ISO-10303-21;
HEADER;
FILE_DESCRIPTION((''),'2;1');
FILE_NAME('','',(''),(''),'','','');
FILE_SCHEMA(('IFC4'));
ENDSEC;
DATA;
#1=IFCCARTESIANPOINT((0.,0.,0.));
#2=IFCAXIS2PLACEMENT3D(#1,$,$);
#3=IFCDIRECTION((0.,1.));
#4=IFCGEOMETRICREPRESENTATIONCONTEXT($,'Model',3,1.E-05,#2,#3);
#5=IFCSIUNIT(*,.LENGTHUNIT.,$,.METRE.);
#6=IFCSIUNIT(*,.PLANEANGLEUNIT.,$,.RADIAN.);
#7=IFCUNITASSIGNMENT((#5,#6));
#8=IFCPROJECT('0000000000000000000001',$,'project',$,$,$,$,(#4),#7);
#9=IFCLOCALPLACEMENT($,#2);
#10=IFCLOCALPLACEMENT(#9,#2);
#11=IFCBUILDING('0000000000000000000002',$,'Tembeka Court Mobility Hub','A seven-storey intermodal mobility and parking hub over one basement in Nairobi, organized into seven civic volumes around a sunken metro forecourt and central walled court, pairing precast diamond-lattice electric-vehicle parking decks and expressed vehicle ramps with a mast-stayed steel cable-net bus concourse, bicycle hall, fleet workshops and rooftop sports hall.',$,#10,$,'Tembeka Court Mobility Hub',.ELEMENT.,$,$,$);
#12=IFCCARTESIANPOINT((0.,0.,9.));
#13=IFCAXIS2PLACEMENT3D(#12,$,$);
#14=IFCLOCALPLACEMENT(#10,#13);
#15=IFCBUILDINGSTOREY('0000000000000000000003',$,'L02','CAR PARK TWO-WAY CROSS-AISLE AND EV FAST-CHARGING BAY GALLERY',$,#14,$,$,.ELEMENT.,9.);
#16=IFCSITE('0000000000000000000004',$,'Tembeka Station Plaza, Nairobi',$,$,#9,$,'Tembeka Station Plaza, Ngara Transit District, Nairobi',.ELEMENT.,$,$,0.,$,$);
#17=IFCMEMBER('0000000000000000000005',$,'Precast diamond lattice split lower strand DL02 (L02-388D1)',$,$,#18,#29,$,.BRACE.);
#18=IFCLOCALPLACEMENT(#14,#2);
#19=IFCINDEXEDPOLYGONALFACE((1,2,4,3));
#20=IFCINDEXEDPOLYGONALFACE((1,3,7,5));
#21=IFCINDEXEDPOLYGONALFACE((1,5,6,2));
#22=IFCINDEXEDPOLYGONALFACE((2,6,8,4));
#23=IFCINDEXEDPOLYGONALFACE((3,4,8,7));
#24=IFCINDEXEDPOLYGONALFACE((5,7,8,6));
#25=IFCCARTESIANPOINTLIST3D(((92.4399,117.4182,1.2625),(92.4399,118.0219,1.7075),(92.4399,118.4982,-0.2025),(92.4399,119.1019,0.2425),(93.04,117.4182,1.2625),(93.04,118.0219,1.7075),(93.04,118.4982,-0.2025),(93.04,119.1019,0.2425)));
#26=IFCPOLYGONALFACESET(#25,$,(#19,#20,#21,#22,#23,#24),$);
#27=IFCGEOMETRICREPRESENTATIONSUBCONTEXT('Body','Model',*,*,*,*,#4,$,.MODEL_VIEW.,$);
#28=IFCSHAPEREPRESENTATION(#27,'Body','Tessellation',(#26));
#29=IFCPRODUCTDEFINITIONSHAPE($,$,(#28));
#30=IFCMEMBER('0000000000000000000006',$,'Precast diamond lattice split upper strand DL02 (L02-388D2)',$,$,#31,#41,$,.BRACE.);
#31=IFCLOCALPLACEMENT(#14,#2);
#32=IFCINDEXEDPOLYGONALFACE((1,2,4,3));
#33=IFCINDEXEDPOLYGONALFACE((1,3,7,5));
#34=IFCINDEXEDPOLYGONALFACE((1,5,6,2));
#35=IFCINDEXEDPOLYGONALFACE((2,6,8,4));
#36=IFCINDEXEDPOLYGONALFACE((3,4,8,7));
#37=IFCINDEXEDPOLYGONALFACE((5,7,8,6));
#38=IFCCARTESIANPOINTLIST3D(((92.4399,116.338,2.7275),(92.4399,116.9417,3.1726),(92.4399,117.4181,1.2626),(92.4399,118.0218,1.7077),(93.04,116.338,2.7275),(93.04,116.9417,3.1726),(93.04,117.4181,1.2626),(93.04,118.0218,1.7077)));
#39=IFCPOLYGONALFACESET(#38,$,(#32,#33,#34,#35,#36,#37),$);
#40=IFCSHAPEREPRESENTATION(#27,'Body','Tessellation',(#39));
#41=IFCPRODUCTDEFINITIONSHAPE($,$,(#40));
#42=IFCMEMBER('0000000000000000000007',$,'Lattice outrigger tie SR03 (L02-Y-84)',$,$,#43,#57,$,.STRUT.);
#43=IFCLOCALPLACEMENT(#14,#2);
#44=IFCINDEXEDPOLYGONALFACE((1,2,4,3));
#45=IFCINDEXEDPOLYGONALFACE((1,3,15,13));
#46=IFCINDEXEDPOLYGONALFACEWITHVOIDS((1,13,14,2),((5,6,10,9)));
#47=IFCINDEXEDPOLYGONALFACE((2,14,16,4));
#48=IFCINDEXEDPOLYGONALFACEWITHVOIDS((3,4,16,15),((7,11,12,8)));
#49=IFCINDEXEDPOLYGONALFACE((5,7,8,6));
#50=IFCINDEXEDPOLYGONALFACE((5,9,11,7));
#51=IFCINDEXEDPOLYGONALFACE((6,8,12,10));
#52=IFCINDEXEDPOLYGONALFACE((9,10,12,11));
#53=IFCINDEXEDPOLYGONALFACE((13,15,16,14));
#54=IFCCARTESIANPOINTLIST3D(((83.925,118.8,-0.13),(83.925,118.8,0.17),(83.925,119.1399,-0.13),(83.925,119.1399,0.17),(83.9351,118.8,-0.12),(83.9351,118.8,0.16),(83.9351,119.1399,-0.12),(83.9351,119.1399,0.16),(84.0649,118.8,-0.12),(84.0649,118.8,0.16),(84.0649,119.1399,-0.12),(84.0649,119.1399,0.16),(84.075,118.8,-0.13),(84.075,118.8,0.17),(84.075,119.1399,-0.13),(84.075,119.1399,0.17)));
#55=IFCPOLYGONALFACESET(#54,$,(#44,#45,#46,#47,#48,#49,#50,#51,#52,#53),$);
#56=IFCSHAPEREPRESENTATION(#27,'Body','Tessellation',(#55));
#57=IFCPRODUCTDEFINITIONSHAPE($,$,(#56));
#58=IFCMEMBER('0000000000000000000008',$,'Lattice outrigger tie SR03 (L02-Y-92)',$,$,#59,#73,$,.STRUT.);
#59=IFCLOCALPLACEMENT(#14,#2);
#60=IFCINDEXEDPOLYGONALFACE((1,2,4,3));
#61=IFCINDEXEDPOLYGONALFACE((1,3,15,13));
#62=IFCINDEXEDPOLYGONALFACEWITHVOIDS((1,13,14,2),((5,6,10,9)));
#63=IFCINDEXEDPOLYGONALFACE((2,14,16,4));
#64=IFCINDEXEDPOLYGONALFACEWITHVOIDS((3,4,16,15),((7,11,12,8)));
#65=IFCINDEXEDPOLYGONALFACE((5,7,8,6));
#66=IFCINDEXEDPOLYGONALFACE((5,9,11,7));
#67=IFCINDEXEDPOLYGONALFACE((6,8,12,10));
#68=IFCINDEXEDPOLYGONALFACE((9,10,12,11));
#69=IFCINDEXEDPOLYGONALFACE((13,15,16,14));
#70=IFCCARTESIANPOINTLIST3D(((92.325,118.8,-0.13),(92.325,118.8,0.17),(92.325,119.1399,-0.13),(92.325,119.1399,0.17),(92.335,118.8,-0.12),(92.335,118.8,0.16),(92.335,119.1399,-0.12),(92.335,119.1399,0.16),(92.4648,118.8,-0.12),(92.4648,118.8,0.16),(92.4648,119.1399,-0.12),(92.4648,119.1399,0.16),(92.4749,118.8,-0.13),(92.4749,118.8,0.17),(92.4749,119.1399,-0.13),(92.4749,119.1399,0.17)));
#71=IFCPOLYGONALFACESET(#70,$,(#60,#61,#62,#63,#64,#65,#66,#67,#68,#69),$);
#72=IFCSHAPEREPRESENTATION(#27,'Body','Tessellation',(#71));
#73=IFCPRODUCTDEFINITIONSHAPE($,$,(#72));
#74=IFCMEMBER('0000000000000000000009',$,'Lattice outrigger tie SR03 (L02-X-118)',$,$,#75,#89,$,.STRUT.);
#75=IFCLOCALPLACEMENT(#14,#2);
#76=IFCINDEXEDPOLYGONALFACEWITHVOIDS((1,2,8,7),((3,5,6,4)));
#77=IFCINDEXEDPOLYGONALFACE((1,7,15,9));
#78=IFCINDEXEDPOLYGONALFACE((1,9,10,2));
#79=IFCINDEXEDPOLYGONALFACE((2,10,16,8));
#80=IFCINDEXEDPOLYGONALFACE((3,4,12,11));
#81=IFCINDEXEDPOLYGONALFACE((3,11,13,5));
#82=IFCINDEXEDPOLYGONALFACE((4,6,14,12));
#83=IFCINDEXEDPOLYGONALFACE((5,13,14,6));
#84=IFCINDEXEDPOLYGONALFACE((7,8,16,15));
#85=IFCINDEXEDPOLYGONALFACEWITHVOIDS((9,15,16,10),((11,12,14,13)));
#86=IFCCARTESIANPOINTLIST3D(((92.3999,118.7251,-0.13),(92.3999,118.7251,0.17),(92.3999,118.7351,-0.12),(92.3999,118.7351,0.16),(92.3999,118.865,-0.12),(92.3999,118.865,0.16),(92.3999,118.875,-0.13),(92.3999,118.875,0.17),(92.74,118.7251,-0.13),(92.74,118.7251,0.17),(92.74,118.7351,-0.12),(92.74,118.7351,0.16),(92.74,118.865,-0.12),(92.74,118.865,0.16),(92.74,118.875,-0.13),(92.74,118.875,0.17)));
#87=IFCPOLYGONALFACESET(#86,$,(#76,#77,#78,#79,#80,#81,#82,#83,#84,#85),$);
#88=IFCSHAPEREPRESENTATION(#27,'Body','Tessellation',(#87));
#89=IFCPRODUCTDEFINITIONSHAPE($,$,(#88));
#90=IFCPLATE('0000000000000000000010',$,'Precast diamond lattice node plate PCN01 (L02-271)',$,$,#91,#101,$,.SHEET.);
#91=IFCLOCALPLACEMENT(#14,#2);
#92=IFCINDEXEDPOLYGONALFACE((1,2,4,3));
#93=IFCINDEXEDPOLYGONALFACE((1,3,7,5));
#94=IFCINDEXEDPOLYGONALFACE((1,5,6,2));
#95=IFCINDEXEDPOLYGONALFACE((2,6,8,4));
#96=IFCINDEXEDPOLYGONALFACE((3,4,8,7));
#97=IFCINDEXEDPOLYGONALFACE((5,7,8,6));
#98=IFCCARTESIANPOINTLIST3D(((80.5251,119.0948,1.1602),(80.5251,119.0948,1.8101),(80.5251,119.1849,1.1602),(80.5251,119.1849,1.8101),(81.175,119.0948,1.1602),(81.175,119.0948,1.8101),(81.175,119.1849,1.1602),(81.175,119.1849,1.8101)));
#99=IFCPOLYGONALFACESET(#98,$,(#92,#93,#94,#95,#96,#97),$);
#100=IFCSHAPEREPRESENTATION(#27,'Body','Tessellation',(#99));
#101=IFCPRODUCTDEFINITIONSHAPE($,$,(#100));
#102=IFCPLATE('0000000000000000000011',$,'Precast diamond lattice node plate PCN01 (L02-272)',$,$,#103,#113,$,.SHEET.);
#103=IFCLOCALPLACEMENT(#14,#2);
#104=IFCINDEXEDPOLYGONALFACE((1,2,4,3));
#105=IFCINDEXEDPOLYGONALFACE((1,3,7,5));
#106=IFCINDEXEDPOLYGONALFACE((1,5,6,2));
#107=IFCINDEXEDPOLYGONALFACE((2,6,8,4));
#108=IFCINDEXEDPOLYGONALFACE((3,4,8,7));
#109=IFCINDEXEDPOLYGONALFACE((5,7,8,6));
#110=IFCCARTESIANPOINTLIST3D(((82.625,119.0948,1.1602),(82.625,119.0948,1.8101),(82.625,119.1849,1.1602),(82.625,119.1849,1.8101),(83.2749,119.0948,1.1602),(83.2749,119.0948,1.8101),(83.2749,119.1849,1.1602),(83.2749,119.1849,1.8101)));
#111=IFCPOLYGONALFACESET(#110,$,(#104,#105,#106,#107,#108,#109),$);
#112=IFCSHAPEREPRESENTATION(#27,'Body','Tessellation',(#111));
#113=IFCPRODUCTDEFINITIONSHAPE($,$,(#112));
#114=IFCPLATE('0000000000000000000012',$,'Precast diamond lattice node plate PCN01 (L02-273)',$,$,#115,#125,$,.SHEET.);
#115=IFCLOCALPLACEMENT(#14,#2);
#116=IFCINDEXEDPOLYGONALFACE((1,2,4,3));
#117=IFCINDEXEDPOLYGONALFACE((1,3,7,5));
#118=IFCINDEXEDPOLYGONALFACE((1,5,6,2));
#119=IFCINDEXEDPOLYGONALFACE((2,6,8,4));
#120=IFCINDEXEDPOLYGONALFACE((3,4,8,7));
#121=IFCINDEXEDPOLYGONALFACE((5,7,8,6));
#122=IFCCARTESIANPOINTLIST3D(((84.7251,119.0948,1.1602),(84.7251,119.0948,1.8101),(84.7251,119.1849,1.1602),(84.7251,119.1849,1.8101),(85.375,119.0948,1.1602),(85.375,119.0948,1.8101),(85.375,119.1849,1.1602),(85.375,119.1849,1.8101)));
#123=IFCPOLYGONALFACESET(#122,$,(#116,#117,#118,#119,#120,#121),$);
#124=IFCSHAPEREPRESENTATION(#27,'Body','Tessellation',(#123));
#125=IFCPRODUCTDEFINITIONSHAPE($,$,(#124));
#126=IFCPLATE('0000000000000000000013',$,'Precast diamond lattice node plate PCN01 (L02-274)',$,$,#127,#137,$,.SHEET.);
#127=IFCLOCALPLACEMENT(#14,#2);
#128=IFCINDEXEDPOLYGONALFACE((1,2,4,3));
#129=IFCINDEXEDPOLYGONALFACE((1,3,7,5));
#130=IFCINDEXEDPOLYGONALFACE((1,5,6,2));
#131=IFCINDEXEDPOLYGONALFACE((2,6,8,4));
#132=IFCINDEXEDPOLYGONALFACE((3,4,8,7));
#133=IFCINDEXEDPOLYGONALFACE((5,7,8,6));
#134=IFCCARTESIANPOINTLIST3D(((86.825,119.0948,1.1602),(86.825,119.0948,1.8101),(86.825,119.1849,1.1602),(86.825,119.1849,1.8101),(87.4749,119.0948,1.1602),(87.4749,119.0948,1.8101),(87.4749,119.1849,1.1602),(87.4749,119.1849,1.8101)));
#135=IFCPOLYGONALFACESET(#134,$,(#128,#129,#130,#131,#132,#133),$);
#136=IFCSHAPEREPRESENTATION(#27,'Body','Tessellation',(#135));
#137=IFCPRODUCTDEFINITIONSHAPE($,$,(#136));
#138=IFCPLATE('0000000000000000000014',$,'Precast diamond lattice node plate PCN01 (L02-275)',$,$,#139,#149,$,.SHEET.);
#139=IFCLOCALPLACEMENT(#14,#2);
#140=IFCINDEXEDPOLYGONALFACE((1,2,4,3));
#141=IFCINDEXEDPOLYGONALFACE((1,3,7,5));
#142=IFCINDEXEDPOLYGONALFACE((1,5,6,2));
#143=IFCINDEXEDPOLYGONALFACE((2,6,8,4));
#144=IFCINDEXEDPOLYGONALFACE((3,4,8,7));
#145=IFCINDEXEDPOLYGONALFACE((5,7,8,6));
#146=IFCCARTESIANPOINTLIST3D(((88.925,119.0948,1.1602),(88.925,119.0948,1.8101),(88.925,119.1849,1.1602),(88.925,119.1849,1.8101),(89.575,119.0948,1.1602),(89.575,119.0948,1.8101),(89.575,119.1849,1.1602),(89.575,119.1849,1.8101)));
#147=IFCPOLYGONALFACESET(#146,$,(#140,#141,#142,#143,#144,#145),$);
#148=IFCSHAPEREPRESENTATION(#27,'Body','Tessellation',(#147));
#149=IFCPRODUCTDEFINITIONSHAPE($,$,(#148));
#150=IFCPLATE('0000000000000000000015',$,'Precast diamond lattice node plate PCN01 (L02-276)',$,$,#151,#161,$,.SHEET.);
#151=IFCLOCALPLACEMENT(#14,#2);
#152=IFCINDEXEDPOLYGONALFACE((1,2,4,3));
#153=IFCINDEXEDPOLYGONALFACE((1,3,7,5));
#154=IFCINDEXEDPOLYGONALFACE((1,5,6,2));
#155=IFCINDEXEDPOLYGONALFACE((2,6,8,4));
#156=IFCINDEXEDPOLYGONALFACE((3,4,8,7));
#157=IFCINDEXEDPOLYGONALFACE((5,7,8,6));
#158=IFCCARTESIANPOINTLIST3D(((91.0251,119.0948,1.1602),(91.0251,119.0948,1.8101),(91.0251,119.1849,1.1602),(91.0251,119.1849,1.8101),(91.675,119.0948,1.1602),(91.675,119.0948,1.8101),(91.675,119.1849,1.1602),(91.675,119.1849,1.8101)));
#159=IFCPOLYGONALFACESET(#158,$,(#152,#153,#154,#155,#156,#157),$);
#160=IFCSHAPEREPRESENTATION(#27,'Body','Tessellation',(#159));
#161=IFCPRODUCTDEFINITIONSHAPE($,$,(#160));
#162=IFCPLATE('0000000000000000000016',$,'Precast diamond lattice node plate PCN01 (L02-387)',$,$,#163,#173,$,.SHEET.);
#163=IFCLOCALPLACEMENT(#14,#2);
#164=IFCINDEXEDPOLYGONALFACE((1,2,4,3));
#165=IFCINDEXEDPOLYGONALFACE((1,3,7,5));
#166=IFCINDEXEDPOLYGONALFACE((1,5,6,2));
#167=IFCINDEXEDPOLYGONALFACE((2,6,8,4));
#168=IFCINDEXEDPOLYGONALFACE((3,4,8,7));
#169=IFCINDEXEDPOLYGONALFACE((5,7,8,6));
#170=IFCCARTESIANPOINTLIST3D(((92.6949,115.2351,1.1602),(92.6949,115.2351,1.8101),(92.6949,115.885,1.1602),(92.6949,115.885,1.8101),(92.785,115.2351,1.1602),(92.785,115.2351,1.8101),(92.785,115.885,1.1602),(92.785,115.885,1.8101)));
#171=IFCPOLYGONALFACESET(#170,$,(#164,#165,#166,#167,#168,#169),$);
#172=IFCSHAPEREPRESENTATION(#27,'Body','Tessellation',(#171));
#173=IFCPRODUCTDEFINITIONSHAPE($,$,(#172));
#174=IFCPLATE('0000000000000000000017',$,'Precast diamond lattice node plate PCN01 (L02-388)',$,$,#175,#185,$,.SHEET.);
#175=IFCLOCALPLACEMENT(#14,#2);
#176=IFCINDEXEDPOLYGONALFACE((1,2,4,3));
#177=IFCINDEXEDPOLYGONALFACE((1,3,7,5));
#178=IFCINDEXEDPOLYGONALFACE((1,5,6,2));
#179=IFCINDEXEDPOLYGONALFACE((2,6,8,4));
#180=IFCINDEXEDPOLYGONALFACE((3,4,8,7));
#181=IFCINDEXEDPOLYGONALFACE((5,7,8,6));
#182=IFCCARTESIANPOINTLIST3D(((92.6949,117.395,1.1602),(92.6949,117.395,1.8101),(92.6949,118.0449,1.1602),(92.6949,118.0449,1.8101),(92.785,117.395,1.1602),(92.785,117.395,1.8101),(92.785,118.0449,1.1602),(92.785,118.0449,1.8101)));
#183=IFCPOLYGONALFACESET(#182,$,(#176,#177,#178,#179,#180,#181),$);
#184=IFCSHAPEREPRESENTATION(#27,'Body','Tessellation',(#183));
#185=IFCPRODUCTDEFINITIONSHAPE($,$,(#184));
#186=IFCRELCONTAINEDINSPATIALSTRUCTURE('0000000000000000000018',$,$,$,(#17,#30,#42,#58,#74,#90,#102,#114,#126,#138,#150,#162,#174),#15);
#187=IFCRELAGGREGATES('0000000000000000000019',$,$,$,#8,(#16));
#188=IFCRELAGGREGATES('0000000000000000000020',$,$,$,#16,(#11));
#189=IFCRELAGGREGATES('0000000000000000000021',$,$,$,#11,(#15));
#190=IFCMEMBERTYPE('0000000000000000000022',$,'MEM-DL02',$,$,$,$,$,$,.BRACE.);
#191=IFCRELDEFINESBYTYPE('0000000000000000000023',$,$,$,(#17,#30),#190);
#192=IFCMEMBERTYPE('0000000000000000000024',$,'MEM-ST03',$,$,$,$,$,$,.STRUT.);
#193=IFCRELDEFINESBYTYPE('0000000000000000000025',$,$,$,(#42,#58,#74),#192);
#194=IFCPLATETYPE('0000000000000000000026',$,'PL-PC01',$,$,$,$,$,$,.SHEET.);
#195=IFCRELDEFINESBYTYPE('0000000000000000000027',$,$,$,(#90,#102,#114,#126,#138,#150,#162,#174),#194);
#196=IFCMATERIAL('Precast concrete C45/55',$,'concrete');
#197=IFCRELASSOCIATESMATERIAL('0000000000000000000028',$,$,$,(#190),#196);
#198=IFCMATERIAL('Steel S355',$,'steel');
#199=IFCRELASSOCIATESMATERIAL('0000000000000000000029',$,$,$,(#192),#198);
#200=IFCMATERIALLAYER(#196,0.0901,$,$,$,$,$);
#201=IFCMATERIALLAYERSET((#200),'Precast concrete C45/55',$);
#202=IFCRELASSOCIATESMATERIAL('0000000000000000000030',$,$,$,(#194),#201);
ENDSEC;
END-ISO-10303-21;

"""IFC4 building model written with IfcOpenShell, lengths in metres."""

from ifc_helpers import new_model, si_unit, direction, frame, origin, origin_2d, place, context, subcontext, project, spatial, rectangle, hollow_rectangle, extrude, material, layer, layer_set, material_profile, profile_set, type_object, element, save


model = new_model("IFC4")

# Units and contexts
model_context = context("Model", 3, precision=1e-05, world=origin(), true_north=direction((0.0, 1.0)))
body_context = subcontext(model_context, "Body", "Model", "MODEL_VIEW")
ifc_project = project(units=[si_unit("LENGTHUNIT", "METRE"), si_unit("PLANEANGLEUNIT", "RADIAN")], contexts=[model_context])

# Site, building, storey
site_placement = place(None, origin())
site = spatial("IfcSite", under=ifc_project, at=site_placement, Name="Tembeka Station Plaza, Nairobi", LongName="Tembeka Station Plaza, Ngara Transit District, Nairobi", CompositionType="ELEMENT", RefElevation=0.0)
building_placement = place(site_placement, origin())
building = spatial("IfcBuilding", under=site, at=building_placement, Name="Tembeka Court Mobility Hub", Description="A seven-storey intermodal mobility and parking hub over one basement in Nairobi, organized into seven civic volumes around a sunken metro forecourt and central walled court, pairing precast diamond-lattice electric-vehicle parking decks and expressed vehicle ramps with a mast-stayed steel cable-net bus concourse, bicycle hall, fleet workshops and rooftop sports hall.", LongName="Tembeka Court Mobility Hub", CompositionType="ELEMENT")
storey_placement = place(building_placement, frame((0.0, 0.0, 9.0)))
storey = spatial("IfcBuildingStorey", under=building, at=storey_placement, Name="L02", Description="CAR PARK TWO-WAY CROSS-AISLE AND EV FAST-CHARGING BAY GALLERY", CompositionType="ELEMENT", Elevation=9.0)

# Shared definitions
ifc_material_1 = material(Name="Steel S355", Category="steel")

# Shared definitions
ifc_material_2 = material(Name="Precast concrete C45/55", Category="concrete")

# Members
ifc_material_profile_1 = material_profile(ifc_material_2, rectangle(XDim=0.6001, YDim=0.75, at=origin_2d()), Name="PC-DIAG 600x750")
ifc_profile_set_1 = profile_set([ifc_material_profile_1], Name="Precast concrete C45/55")
member_type_1 = type_object("IfcMemberType", Name="MEM-DL02", PredefinedType="BRACE", material=ifc_profile_set_1)
for number, where, z_axis, x_axis, name in (
    (1, (92.74, 118.8, 0.02), (0.0, -0.593391, 0.804914), (1.0, 0.0, 0.0), "Precast diamond lattice split lower strand DL02 (L02-388D1)"),
    (2, (92.74, 117.72, 1.4851), (0.0, -0.593455, 0.804867), (1.0, 0.0, 0.0), "Precast diamond lattice split upper strand DL02 (L02-388D2)"),
):
    element("IfcMember", number, at=place(storey_placement, frame(where, z_axis=z_axis, x_axis=x_axis)), inside=storey, type_object=member_type_1, Name=name, PredefinedType="BRACE", context=body_context, shape_type="SweptSolid", body=[
        extrude(rectangle(XDim=0.6001, YDim=0.75, at=origin_2d()), origin(), (0.0, 0.0, 1.0), 1.8201),
    ])
ifc_material_profile_2 = material_profile(ifc_material_1, hollow_rectangle(XDim=0.1499, YDim=0.3, WallThickness=0.01, at=origin_2d()), Name="RHS 300x150x10")
ifc_profile_set_2 = profile_set([ifc_material_profile_2], Name="Steel S355")
member_type_2 = type_object("IfcMemberType", Name="MEM-ST03", PredefinedType="STRUT", material=ifc_profile_set_2)
for number, where, z_axis, x_axis, name in (
    (3, (84.0, 118.8, 0.02), (0.0, 1.0, 0.0), (-1.0, 0.0, 0.0), "Lattice outrigger tie SR03 (L02-Y-84)"),
    (4, (92.3999, 118.8, 0.02), (0.0, 1.0, 0.0), (-1.0, 0.0, 0.0), "Lattice outrigger tie SR03 (L02-Y-92)"),
):
    element("IfcMember", number, at=place(storey_placement, frame(where, z_axis=z_axis, x_axis=x_axis)), inside=storey, type_object=member_type_2, Name=name, PredefinedType="STRUT", context=body_context, shape_type="SweptSolid", body=[
        extrude(hollow_rectangle(XDim=0.1499, YDim=0.3, WallThickness=0.01, at=origin_2d()), origin(), (0.0, 0.0, 1.0), 0.3398),
    ])
member_1_placement = place(storey_placement, frame((92.3999, 118.8, 0.02), z_axis=(1.0, 0.0, 0.0), x_axis=(0.0, 1.0, 0.0)))
element("IfcMember", 5, at=member_1_placement, inside=storey, type_object=member_type_2, Name="Lattice outrigger tie SR03 (L02-X-118)", PredefinedType="STRUT", context=body_context, shape_type="SweptSolid", body=[
    extrude(hollow_rectangle(XDim=0.1499, YDim=0.3, WallThickness=0.01, at=origin_2d()), origin(), (0.0, 0.0, 1.0), 0.3401),
])

# Plates
ifc_layer = layer(ifc_material_2, 0.0901)
ifc_layer_set = layer_set([ifc_layer], Name="Precast concrete C45/55")
plate_type = type_object("IfcPlateType", Name="PL-PC01", PredefinedType="SHEET", material=ifc_layer_set)
for number, where, z_axis, x_axis, name in (
    (6, (80.8501, 119.1399, 1.1602), (0.0, 0.0, 1.0), (1.0, 0.0, 0.0), "Precast diamond lattice node plate PCN01 (L02-271)"),
    (7, (82.95, 119.1399, 1.1602), (0.0, 0.0, 1.0), (1.0, 0.0, 0.0), "Precast diamond lattice node plate PCN01 (L02-272)"),
    (8, (85.05, 119.1399, 1.1602), (0.0, 0.0, 1.0), (1.0, 0.0, 0.0), "Precast diamond lattice node plate PCN01 (L02-273)"),
    (9, (87.1499, 119.1399, 1.1602), (0.0, 0.0, 1.0), (1.0, 0.0, 0.0), "Precast diamond lattice node plate PCN01 (L02-274)"),
    (10, (89.25, 119.1399, 1.1602), (0.0, 0.0, 1.0), (1.0, 0.0, 0.0), "Precast diamond lattice node plate PCN01 (L02-275)"),
    (11, (91.3501, 119.1399, 1.1602), (0.0, 0.0, 1.0), (1.0, 0.0, 0.0), "Precast diamond lattice node plate PCN01 (L02-276)"),
):
    element("IfcPlate", number, at=place(storey_placement, frame(where, z_axis=z_axis, x_axis=x_axis)), inside=storey, type_object=plate_type, Name=name, PredefinedType="SHEET", context=body_context, shape_type="SweptSolid", body=[
        extrude(rectangle(XDim=0.6499, YDim=0.0901, at=origin_2d()), origin(), (0.0, 0.0, 1.0), 0.6499),
    ])
for number, where, z_axis, x_axis, name in (
    (12, (92.74, 115.5601, 1.1602), (0.0, 0.0, 1.0), (1.0, 0.0, 0.0), "Precast diamond lattice node plate PCN01 (L02-387)"),
    (13, (92.74, 117.72, 1.1602), (0.0, 0.0, 1.0), (1.0, 0.0, 0.0), "Precast diamond lattice node plate PCN01 (L02-388)"),
):
    element("IfcPlate", number, at=place(storey_placement, frame(where, z_axis=z_axis, x_axis=x_axis)), inside=storey, type_object=plate_type, Name=name, PredefinedType="SHEET", context=body_context, shape_type="SweptSolid", body=[
        extrude(rectangle(XDim=0.0901, YDim=0.6499, at=origin_2d()), origin(), (0.0, 0.0, 1.0), 0.6499),
    ])

save(model, "model.ifc")
